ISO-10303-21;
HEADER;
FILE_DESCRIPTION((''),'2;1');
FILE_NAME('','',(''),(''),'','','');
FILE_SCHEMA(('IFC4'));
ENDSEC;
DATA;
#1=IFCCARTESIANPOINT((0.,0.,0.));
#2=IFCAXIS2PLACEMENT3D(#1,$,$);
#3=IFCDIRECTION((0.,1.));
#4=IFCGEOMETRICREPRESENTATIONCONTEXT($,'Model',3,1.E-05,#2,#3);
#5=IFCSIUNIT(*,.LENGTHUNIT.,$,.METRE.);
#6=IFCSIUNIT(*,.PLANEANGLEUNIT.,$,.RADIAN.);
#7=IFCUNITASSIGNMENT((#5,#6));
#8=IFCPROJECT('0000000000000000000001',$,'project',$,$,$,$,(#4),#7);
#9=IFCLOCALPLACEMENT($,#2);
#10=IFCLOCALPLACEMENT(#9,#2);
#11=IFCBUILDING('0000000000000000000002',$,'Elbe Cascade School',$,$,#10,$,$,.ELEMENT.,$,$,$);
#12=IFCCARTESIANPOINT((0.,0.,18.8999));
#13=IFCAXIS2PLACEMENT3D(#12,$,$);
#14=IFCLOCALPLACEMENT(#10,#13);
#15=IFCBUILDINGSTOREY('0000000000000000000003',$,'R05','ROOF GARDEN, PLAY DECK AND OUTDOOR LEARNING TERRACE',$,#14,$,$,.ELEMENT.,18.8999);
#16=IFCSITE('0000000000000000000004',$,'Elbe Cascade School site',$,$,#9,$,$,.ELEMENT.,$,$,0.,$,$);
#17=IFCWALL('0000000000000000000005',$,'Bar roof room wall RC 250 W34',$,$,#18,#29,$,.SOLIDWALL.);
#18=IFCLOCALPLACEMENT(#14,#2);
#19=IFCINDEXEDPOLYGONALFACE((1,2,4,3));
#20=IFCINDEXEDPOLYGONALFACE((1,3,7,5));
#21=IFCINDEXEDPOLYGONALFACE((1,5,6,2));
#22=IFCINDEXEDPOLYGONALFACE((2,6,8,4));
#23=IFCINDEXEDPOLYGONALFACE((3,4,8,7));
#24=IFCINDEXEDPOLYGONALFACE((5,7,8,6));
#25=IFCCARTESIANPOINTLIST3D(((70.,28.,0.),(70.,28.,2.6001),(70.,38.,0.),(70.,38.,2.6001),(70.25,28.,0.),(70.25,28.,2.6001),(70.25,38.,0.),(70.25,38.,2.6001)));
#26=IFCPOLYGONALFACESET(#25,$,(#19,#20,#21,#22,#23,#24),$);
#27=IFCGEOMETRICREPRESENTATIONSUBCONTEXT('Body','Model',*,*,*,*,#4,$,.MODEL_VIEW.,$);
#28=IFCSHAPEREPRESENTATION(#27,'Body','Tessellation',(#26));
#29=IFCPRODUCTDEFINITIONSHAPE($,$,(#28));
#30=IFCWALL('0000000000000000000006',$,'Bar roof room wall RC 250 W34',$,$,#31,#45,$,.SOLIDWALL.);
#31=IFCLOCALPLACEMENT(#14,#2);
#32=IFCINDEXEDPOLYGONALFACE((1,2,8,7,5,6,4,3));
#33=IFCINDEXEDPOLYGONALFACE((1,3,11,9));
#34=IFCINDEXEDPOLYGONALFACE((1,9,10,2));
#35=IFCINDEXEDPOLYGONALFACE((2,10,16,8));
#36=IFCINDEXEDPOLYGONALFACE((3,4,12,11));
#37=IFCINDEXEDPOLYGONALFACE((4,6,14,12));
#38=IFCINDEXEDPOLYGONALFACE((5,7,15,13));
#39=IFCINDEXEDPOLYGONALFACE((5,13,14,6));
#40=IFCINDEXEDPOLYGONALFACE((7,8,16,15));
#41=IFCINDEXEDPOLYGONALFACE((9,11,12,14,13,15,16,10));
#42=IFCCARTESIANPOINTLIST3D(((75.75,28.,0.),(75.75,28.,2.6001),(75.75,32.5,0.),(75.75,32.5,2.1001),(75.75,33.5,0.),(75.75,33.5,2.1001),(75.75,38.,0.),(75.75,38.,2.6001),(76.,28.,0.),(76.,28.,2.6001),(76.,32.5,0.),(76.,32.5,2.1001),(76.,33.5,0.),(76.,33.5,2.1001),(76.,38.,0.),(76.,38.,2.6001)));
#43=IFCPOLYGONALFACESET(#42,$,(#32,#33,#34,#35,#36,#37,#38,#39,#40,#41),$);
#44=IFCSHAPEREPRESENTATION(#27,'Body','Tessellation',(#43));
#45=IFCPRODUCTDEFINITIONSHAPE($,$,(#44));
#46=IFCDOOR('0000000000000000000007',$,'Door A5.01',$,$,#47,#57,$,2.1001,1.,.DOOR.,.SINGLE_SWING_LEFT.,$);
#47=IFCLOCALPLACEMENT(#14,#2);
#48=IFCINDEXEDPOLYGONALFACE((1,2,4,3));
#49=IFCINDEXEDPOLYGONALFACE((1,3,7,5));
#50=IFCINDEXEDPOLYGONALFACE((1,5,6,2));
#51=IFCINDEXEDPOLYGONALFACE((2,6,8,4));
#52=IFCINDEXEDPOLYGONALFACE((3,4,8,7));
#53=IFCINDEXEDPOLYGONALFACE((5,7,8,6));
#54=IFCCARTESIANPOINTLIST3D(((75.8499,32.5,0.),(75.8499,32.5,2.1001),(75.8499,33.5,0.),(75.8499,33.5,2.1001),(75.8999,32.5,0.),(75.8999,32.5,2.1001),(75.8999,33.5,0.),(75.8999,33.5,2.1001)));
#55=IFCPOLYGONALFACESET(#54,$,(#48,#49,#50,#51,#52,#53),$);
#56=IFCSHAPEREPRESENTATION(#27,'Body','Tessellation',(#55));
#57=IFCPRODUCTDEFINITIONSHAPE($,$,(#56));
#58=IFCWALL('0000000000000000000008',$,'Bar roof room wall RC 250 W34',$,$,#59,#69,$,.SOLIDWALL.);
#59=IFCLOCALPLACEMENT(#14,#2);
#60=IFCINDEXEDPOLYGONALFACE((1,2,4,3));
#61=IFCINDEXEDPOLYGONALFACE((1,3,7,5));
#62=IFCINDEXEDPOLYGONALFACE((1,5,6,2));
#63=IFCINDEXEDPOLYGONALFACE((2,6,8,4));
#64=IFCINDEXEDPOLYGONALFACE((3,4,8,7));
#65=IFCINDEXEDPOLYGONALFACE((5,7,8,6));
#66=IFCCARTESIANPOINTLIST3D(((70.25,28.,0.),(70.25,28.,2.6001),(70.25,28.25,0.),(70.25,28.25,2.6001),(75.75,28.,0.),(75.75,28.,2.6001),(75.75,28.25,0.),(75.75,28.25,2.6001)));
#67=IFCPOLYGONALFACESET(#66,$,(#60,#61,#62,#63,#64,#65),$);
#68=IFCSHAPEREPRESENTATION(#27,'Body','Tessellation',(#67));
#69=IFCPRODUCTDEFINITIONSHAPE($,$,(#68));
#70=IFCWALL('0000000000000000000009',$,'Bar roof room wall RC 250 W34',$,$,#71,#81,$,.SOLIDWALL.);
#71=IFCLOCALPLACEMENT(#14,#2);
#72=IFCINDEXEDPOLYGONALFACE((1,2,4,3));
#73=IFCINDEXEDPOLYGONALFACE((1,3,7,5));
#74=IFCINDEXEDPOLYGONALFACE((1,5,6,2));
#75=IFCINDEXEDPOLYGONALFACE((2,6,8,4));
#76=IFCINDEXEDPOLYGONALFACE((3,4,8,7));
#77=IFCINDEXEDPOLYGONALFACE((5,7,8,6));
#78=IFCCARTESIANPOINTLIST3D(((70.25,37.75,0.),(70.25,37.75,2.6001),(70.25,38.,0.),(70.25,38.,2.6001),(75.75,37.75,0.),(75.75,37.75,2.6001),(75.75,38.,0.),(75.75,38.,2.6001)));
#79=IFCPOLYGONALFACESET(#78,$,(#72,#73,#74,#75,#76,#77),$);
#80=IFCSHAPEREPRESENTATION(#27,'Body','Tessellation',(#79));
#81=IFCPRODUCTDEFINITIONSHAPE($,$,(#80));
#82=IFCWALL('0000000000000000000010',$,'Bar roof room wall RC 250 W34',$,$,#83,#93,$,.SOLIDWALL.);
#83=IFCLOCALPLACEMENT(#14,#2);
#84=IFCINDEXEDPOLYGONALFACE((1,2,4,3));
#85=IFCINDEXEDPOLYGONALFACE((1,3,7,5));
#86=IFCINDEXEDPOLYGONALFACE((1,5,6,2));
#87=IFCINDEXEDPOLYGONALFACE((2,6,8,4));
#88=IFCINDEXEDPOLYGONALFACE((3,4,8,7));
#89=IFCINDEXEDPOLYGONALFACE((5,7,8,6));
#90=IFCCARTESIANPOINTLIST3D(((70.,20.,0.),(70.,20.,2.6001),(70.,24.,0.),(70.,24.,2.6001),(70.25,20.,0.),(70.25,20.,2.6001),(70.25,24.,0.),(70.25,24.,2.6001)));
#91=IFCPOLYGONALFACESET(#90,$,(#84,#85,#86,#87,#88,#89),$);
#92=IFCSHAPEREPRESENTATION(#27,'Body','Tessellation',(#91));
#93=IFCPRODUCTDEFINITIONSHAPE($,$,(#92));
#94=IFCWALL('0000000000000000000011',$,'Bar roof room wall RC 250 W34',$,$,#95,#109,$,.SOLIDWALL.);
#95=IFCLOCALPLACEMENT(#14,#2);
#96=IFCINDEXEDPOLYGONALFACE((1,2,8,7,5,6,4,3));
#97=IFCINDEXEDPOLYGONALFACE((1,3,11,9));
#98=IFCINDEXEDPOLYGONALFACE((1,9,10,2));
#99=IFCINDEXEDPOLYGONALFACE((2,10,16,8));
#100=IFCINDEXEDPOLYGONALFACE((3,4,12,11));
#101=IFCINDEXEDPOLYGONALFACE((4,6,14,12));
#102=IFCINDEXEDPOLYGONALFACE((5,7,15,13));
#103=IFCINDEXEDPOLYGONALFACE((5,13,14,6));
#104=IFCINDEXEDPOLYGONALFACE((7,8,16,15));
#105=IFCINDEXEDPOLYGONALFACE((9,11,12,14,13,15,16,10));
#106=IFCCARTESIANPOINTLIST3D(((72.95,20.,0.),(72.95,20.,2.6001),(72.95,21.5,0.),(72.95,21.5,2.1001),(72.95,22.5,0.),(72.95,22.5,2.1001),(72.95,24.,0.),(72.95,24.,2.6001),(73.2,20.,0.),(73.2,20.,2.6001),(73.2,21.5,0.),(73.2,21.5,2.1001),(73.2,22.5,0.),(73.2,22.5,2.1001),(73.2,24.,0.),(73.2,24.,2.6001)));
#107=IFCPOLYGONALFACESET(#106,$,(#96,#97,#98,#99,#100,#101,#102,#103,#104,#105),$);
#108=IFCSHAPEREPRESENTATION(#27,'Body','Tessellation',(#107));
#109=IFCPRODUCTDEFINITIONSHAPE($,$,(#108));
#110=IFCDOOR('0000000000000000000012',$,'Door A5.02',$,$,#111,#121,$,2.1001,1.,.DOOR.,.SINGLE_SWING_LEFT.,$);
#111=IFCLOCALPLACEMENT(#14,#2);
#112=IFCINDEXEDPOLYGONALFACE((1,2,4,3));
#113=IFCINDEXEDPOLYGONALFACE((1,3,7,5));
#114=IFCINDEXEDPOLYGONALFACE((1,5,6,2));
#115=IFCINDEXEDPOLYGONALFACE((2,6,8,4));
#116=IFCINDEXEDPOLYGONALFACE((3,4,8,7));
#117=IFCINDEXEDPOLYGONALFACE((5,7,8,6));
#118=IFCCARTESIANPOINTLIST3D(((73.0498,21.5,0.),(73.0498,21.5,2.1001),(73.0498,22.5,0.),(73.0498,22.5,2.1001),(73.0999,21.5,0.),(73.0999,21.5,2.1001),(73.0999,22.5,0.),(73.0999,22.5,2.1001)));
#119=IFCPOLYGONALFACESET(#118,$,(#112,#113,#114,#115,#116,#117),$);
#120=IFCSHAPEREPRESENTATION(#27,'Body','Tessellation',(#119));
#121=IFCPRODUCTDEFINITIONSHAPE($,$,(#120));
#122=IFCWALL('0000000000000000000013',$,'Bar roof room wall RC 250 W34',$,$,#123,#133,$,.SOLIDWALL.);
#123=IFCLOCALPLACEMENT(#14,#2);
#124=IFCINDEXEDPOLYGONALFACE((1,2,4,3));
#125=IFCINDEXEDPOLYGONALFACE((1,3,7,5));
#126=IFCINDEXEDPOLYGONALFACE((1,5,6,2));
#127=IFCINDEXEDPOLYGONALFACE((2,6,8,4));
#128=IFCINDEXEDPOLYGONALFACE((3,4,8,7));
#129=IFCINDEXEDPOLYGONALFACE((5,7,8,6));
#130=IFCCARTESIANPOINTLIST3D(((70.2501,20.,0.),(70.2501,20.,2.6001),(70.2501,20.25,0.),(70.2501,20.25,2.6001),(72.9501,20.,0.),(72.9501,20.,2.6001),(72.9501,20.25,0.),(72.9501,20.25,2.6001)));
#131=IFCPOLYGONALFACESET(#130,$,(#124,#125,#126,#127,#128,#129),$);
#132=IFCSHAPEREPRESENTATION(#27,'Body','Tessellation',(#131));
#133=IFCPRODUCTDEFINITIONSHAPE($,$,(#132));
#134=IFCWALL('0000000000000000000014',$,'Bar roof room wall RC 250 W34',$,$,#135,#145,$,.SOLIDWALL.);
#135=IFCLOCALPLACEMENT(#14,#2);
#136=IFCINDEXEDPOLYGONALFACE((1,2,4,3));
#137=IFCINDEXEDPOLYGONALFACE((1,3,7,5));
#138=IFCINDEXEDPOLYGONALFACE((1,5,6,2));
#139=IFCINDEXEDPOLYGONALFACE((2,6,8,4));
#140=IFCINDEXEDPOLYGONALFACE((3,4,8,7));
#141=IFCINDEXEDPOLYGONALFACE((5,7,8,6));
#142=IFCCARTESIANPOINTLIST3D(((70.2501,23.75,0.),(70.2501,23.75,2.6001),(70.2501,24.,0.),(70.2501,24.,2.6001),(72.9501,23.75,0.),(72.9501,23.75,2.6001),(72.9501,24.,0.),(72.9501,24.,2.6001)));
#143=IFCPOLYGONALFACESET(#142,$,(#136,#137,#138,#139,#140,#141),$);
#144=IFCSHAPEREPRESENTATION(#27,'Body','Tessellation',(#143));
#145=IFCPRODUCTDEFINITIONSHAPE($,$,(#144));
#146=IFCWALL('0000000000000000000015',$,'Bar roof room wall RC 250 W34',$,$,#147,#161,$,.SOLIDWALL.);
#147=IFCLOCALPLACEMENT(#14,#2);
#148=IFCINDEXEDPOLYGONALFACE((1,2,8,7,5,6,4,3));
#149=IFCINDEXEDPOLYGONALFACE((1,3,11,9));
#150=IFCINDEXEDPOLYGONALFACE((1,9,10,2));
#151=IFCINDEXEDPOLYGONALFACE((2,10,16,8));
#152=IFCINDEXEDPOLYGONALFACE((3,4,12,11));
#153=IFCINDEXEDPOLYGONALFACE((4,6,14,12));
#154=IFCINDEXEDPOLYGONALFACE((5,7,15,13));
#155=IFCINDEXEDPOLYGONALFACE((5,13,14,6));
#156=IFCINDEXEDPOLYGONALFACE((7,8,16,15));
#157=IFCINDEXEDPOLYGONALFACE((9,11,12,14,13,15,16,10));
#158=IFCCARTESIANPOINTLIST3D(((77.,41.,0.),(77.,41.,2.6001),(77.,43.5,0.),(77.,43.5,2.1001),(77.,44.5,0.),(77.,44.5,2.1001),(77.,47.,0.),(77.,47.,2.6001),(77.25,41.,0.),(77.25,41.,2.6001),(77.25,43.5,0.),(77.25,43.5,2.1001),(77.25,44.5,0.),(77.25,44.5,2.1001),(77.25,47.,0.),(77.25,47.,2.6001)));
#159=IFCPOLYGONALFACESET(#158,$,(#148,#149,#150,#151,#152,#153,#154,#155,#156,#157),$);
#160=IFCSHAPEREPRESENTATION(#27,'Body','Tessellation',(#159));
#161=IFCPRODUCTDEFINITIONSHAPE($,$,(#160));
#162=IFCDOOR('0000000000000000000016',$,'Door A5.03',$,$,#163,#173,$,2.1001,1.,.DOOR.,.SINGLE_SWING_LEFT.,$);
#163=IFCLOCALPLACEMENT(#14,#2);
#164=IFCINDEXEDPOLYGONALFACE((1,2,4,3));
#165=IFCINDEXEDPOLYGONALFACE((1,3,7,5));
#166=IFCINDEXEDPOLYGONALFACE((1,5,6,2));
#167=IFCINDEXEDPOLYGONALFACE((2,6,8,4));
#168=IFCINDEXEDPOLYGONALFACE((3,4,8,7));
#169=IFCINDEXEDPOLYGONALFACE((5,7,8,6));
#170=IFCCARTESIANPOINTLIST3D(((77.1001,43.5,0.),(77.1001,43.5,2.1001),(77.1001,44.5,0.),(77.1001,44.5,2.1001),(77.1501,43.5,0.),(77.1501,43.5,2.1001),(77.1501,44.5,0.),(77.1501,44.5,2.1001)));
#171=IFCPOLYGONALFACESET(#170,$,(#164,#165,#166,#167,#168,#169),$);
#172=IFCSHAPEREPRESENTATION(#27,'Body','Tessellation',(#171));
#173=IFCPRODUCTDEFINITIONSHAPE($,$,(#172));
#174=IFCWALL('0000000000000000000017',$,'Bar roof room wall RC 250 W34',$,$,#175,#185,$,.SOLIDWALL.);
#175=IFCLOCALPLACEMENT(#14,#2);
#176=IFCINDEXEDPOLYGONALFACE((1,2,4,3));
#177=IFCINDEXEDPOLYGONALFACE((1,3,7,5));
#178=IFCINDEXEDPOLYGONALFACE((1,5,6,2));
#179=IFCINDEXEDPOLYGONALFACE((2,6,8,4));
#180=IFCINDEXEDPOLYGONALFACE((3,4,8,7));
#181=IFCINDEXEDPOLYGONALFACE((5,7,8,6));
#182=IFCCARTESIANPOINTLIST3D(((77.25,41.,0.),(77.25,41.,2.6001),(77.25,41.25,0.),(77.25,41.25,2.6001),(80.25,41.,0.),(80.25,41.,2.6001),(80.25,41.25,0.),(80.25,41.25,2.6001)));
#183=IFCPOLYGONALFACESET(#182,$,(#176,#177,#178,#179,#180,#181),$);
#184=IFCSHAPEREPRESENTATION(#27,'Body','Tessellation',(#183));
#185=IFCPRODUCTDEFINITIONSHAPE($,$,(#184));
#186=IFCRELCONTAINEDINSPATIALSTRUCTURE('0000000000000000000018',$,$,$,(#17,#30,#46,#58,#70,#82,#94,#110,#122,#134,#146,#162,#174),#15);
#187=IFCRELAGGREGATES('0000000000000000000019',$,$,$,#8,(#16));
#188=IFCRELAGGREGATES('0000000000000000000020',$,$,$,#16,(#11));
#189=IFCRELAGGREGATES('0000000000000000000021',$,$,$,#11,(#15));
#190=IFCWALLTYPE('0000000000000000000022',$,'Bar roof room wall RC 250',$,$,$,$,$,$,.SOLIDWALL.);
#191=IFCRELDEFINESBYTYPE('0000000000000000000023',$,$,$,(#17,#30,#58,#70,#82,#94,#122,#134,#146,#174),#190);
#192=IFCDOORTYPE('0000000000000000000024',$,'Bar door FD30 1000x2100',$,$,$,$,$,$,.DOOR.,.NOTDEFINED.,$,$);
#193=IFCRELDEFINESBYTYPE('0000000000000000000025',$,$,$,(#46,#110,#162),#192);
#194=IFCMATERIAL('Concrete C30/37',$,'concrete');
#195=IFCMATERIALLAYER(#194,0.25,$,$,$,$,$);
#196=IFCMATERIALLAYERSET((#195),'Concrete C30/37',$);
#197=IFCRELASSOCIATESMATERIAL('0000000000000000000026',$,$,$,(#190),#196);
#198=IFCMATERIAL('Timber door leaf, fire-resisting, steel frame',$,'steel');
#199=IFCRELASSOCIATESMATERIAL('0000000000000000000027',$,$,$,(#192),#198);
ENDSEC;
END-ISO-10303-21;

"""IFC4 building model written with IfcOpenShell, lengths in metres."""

from ifc_helpers import new_model, si_unit, direction, frame, frame_2d, origin, place, context, subcontext, project, spatial, rectangle, extrude, material, layer, layer_set, type_object, element, fill, save


model = new_model("IFC4")

# Units and contexts
model_context = context("Model", 3, precision=1e-05, world=origin(), true_north=direction((0.0, 1.0)))
body_context = subcontext(model_context, "Body", "Model", "MODEL_VIEW")
ifc_project = project(units=[si_unit("LENGTHUNIT", "METRE"), si_unit("PLANEANGLEUNIT", "RADIAN")], contexts=[model_context])

# Site, building, storey
site_placement = place(None, origin())
site = spatial("IfcSite", under=ifc_project, at=site_placement, Name="Elbe Cascade School site", CompositionType="ELEMENT", RefElevation=0.0)
building_placement = place(site_placement, origin())
building = spatial("IfcBuilding", under=site, at=building_placement, Name="Elbe Cascade School", CompositionType="ELEMENT")
storey_placement = place(building_placement, frame((0.0, 0.0, 18.8999)))
storey = spatial("IfcBuildingStorey", under=building, at=storey_placement, Name="R05", Description="ROOF GARDEN, PLAY DECK AND OUTDOOR LEARNING TERRACE", CompositionType="ELEMENT", Elevation=18.8999)

# Wall
ifc_material_1 = material(Name="Concrete C30/37", Category="concrete")
ifc_layer_1 = layer(ifc_material_1, 0.25)
ifc_layer_set_1 = layer_set([ifc_layer_1], Name="Concrete C30/37")
wall_type_1 = type_object("IfcWallType", Name="Bar roof room wall RC 250", PredefinedType="SOLIDWALL", material=ifc_layer_set_1)
wall_1_placement = place(storey_placement, frame((70.125, 28.0, 0.0), z_axis=(0.0, 0.0, 1.0), x_axis=(0.0, 1.0, 0.0)))
element("IfcWall", 1, at=wall_1_placement, inside=storey, type_object=wall_type_1, Name="Bar roof room wall RC 250 W34", PredefinedType="SOLIDWALL", context=body_context, shape_type="SweptSolid", body=[
    extrude(rectangle(XDim=10.0, YDim=0.25, at=frame_2d((5.0, 0.0))), origin(), (0.0, 0.0, 1.0), 2.6001),
])

# Wall, opening, door
wall_2_placement = place(storey_placement, frame((75.875, 38.0, 0.0), z_axis=(0.0, 0.0, 1.0), x_axis=(0.0, -1.0, 0.0)))
wall_2 = element("IfcWall", 2, at=wall_2_placement, inside=storey, type_object=wall_type_1, Name="Bar roof room wall RC 250 W34", PredefinedType="SOLIDWALL", context=body_context, shape_type="SweptSolid", body=[
    extrude(rectangle(XDim=10.0, YDim=0.25, at=frame_2d((5.0, 0.0))), origin(), (0.0, 0.0, 1.0), 2.6001),
])
opening_1_placement = place(wall_2_placement, frame((4.5, 0.0, 0.0)))
opening_1 = element("IfcOpeningElement", 3, at=opening_1_placement, cuts=wall_2, PredefinedType="OPENING", context=body_context, shape_type="SweptSolid", body=[
    extrude(rectangle(XDim=1.0, YDim=2.1001, at=frame_2d((0.5, 1.05))), frame((0.0, 0.135, 0.0), z_axis=(0.0, -1.0, 0.0), x_axis=(1.0, 0.0, 0.0)), (0.0, 0.0, 1.0), 0.27),
])
ifc_material_2 = material(Name="Timber door leaf, fire-resisting, steel frame", Category="steel")
door_type_1 = type_object("IfcDoorType", Name="Bar door FD30 1000x2100", OperationType="NOTDEFINED", PredefinedType="DOOR", material=ifc_material_2)
door_1_placement = place(opening_1_placement, origin())
door_1 = element("IfcDoor", 4, at=door_1_placement, inside=storey, type_object=door_type_1, Name="Door A5.01", OperationType="SINGLE_SWING_LEFT", OverallHeight=2.1001, OverallWidth=1.0, PredefinedType="DOOR", context=body_context, shape_type="SweptSolid", body=[
    extrude(rectangle(XDim=1.0, YDim=2.1001, at=frame_2d((0.5, 1.05))), frame((0.0, 0.0249, 0.0), z_axis=(0.0, -1.0, 0.0), x_axis=(1.0, 0.0, 0.0)), (0.0, 0.0, 1.0), 0.05),
])
fill(opening_1, door_1)

# Walls
for number, where, z_axis, x_axis, name in (
    (5, (70.25, 28.125, 0.0), (0.0, 0.0, 1.0), (1.0, 0.0, 0.0), "Bar roof room wall RC 250 W34"),
    (6, (70.25, 37.875, 0.0), (0.0, 0.0, 1.0), (1.0, 0.0, 0.0), "Bar roof room wall RC 250 W34"),
):
    element("IfcWall", number, at=place(storey_placement, frame(where, z_axis=z_axis, x_axis=x_axis)), inside=storey, type_object=wall_type_1, Name=name, PredefinedType="SOLIDWALL", context=body_context, shape_type="SweptSolid", body=[
        extrude(rectangle(XDim=5.5, YDim=0.25, at=frame_2d((2.75, 0.0))), origin(), (0.0, 0.0, 1.0), 2.6001),
    ])
wall_3_placement = place(storey_placement, frame((70.125, 20.0, 0.0), z_axis=(0.0, 0.0, 1.0), x_axis=(0.0, 1.0, 0.0)))
element("IfcWall", 7, at=wall_3_placement, inside=storey, type_object=wall_type_1, Name="Bar roof room wall RC 250 W34", PredefinedType="SOLIDWALL", context=body_context, shape_type="SweptSolid", body=[
    extrude(rectangle(XDim=4.0, YDim=0.25, at=frame_2d((2.0, 0.0))), origin(), (0.0, 0.0, 1.0), 2.6001),
])

# Wall, opening, door
wall_4_placement = place(storey_placement, frame((73.075, 24.0, 0.0), z_axis=(0.0, 0.0, 1.0), x_axis=(0.0, -1.0, 0.0)))
wall_4 = element("IfcWall", 8, at=wall_4_placement, inside=storey, type_object=wall_type_1, Name="Bar roof room wall RC 250 W34", PredefinedType="SOLIDWALL", context=body_context, shape_type="SweptSolid", body=[
    extrude(rectangle(XDim=4.0, YDim=0.25, at=frame_2d((2.0, 0.0))), origin(), (0.0, 0.0, 1.0), 2.6001),
])
opening_2_placement = place(wall_4_placement, frame((1.5, 0.0, 0.0)))
opening_2 = element("IfcOpeningElement", 9, at=opening_2_placement, cuts=wall_4, PredefinedType="OPENING", context=body_context, shape_type="SweptSolid", body=[
    extrude(rectangle(XDim=1.0, YDim=2.1001, at=frame_2d((0.5, 1.05))), frame((0.0, 0.135, 0.0), z_axis=(0.0, -1.0, 0.0), x_axis=(1.0, 0.0, 0.0)), (0.0, 0.0, 1.0), 0.27),
])
door_2_placement = place(opening_2_placement, origin())
door_2 = element("IfcDoor", 10, at=door_2_placement, inside=storey, type_object=door_type_1, Name="Door A5.02", OperationType="SINGLE_SWING_LEFT", OverallHeight=2.1001, OverallWidth=1.0, PredefinedType="DOOR", context=body_context, shape_type="SweptSolid", body=[
    extrude(rectangle(XDim=1.0, YDim=2.1001, at=frame_2d((0.5, 1.05))), frame((0.0, 0.0249, 0.0), z_axis=(0.0, -1.0, 0.0), x_axis=(1.0, 0.0, 0.0)), (0.0, 0.0, 1.0), 0.05),
])
fill(opening_2, door_2)

# Walls
for number, where, z_axis, x_axis, name in (
    (11, (70.25, 20.125, 0.0), (0.0, 0.0, 1.0), (1.0, 0.0, 0.0), "Bar roof room wall RC 250 W34"),
    (12, (70.25, 23.875, 0.0), (0.0, 0.0, 1.0), (1.0, 0.0, 0.0), "Bar roof room wall RC 250 W34"),
):
    element("IfcWall", number, at=place(storey_placement, frame(where, z_axis=z_axis, x_axis=x_axis)), inside=storey, type_object=wall_type_1, Name=name, PredefinedType="SOLIDWALL", context=body_context, shape_type="SweptSolid", body=[
        extrude(rectangle(XDim=2.7, YDim=0.25, at=frame_2d((1.3501, 0.0))), origin(), (0.0, 0.0, 1.0), 2.6001),
    ])

# Wall, opening, door
wall_5_placement = place(storey_placement, frame((77.125, 41.0, 0.0), z_axis=(0.0, 0.0, 1.0), x_axis=(0.0, 1.0, 0.0)))
wall_5 = element("IfcWall", 13, at=wall_5_placement, inside=storey, type_object=wall_type_1, Name="Bar roof room wall RC 250 W34", PredefinedType="SOLIDWALL", context=body_context, shape_type="SweptSolid", body=[
    extrude(rectangle(XDim=6.0, YDim=0.25, at=frame_2d((3.0, 0.0))), origin(), (0.0, 0.0, 1.0), 2.6001),
])
opening_3_placement = place(wall_5_placement, frame((2.5, 0.0, 0.0)))
opening_3 = element("IfcOpeningElement", 14, at=opening_3_placement, cuts=wall_5, PredefinedType="OPENING", context=body_context, shape_type="SweptSolid", body=[
    extrude(rectangle(XDim=1.0, YDim=2.1001, at=frame_2d((0.5, 1.05))), frame((0.0, 0.135, 0.0), z_axis=(0.0, -1.0, 0.0), x_axis=(1.0, 0.0, 0.0)), (0.0, 0.0, 1.0), 0.27),
])
door_3_placement = place(opening_3_placement, origin())
door_3 = element("IfcDoor", 15, at=door_3_placement, inside=storey, type_object=door_type_1, Name="Door A5.03", OperationType="SINGLE_SWING_LEFT", OverallHeight=2.1001, OverallWidth=1.0, PredefinedType="DOOR", context=body_context, shape_type="SweptSolid", body=[
    extrude(rectangle(XDim=1.0, YDim=2.1001, at=frame_2d((0.5, 1.05))), frame((0.0, 0.0249, 0.0), z_axis=(0.0, -1.0, 0.0), x_axis=(1.0, 0.0, 0.0)), (0.0, 0.0, 1.0), 0.05),
])
fill(opening_3, door_3)

# Wall
wall_6_placement = place(storey_placement, frame((77.25, 41.125, 0.0), z_axis=(0.0, 0.0, 1.0), x_axis=(1.0, 0.0, 0.0)))
element("IfcWall", 16, at=wall_6_placement, inside=storey, type_object=wall_type_1, Name="Bar roof room wall RC 250 W34", PredefinedType="SOLIDWALL", context=body_context, shape_type="SweptSolid", body=[
    extrude(rectangle(XDim=3.0, YDim=0.25, at=frame_2d((1.5, 0.0))), origin(), (0.0, 0.0, 1.0), 2.6001),
])

save(model, "model.ifc")
